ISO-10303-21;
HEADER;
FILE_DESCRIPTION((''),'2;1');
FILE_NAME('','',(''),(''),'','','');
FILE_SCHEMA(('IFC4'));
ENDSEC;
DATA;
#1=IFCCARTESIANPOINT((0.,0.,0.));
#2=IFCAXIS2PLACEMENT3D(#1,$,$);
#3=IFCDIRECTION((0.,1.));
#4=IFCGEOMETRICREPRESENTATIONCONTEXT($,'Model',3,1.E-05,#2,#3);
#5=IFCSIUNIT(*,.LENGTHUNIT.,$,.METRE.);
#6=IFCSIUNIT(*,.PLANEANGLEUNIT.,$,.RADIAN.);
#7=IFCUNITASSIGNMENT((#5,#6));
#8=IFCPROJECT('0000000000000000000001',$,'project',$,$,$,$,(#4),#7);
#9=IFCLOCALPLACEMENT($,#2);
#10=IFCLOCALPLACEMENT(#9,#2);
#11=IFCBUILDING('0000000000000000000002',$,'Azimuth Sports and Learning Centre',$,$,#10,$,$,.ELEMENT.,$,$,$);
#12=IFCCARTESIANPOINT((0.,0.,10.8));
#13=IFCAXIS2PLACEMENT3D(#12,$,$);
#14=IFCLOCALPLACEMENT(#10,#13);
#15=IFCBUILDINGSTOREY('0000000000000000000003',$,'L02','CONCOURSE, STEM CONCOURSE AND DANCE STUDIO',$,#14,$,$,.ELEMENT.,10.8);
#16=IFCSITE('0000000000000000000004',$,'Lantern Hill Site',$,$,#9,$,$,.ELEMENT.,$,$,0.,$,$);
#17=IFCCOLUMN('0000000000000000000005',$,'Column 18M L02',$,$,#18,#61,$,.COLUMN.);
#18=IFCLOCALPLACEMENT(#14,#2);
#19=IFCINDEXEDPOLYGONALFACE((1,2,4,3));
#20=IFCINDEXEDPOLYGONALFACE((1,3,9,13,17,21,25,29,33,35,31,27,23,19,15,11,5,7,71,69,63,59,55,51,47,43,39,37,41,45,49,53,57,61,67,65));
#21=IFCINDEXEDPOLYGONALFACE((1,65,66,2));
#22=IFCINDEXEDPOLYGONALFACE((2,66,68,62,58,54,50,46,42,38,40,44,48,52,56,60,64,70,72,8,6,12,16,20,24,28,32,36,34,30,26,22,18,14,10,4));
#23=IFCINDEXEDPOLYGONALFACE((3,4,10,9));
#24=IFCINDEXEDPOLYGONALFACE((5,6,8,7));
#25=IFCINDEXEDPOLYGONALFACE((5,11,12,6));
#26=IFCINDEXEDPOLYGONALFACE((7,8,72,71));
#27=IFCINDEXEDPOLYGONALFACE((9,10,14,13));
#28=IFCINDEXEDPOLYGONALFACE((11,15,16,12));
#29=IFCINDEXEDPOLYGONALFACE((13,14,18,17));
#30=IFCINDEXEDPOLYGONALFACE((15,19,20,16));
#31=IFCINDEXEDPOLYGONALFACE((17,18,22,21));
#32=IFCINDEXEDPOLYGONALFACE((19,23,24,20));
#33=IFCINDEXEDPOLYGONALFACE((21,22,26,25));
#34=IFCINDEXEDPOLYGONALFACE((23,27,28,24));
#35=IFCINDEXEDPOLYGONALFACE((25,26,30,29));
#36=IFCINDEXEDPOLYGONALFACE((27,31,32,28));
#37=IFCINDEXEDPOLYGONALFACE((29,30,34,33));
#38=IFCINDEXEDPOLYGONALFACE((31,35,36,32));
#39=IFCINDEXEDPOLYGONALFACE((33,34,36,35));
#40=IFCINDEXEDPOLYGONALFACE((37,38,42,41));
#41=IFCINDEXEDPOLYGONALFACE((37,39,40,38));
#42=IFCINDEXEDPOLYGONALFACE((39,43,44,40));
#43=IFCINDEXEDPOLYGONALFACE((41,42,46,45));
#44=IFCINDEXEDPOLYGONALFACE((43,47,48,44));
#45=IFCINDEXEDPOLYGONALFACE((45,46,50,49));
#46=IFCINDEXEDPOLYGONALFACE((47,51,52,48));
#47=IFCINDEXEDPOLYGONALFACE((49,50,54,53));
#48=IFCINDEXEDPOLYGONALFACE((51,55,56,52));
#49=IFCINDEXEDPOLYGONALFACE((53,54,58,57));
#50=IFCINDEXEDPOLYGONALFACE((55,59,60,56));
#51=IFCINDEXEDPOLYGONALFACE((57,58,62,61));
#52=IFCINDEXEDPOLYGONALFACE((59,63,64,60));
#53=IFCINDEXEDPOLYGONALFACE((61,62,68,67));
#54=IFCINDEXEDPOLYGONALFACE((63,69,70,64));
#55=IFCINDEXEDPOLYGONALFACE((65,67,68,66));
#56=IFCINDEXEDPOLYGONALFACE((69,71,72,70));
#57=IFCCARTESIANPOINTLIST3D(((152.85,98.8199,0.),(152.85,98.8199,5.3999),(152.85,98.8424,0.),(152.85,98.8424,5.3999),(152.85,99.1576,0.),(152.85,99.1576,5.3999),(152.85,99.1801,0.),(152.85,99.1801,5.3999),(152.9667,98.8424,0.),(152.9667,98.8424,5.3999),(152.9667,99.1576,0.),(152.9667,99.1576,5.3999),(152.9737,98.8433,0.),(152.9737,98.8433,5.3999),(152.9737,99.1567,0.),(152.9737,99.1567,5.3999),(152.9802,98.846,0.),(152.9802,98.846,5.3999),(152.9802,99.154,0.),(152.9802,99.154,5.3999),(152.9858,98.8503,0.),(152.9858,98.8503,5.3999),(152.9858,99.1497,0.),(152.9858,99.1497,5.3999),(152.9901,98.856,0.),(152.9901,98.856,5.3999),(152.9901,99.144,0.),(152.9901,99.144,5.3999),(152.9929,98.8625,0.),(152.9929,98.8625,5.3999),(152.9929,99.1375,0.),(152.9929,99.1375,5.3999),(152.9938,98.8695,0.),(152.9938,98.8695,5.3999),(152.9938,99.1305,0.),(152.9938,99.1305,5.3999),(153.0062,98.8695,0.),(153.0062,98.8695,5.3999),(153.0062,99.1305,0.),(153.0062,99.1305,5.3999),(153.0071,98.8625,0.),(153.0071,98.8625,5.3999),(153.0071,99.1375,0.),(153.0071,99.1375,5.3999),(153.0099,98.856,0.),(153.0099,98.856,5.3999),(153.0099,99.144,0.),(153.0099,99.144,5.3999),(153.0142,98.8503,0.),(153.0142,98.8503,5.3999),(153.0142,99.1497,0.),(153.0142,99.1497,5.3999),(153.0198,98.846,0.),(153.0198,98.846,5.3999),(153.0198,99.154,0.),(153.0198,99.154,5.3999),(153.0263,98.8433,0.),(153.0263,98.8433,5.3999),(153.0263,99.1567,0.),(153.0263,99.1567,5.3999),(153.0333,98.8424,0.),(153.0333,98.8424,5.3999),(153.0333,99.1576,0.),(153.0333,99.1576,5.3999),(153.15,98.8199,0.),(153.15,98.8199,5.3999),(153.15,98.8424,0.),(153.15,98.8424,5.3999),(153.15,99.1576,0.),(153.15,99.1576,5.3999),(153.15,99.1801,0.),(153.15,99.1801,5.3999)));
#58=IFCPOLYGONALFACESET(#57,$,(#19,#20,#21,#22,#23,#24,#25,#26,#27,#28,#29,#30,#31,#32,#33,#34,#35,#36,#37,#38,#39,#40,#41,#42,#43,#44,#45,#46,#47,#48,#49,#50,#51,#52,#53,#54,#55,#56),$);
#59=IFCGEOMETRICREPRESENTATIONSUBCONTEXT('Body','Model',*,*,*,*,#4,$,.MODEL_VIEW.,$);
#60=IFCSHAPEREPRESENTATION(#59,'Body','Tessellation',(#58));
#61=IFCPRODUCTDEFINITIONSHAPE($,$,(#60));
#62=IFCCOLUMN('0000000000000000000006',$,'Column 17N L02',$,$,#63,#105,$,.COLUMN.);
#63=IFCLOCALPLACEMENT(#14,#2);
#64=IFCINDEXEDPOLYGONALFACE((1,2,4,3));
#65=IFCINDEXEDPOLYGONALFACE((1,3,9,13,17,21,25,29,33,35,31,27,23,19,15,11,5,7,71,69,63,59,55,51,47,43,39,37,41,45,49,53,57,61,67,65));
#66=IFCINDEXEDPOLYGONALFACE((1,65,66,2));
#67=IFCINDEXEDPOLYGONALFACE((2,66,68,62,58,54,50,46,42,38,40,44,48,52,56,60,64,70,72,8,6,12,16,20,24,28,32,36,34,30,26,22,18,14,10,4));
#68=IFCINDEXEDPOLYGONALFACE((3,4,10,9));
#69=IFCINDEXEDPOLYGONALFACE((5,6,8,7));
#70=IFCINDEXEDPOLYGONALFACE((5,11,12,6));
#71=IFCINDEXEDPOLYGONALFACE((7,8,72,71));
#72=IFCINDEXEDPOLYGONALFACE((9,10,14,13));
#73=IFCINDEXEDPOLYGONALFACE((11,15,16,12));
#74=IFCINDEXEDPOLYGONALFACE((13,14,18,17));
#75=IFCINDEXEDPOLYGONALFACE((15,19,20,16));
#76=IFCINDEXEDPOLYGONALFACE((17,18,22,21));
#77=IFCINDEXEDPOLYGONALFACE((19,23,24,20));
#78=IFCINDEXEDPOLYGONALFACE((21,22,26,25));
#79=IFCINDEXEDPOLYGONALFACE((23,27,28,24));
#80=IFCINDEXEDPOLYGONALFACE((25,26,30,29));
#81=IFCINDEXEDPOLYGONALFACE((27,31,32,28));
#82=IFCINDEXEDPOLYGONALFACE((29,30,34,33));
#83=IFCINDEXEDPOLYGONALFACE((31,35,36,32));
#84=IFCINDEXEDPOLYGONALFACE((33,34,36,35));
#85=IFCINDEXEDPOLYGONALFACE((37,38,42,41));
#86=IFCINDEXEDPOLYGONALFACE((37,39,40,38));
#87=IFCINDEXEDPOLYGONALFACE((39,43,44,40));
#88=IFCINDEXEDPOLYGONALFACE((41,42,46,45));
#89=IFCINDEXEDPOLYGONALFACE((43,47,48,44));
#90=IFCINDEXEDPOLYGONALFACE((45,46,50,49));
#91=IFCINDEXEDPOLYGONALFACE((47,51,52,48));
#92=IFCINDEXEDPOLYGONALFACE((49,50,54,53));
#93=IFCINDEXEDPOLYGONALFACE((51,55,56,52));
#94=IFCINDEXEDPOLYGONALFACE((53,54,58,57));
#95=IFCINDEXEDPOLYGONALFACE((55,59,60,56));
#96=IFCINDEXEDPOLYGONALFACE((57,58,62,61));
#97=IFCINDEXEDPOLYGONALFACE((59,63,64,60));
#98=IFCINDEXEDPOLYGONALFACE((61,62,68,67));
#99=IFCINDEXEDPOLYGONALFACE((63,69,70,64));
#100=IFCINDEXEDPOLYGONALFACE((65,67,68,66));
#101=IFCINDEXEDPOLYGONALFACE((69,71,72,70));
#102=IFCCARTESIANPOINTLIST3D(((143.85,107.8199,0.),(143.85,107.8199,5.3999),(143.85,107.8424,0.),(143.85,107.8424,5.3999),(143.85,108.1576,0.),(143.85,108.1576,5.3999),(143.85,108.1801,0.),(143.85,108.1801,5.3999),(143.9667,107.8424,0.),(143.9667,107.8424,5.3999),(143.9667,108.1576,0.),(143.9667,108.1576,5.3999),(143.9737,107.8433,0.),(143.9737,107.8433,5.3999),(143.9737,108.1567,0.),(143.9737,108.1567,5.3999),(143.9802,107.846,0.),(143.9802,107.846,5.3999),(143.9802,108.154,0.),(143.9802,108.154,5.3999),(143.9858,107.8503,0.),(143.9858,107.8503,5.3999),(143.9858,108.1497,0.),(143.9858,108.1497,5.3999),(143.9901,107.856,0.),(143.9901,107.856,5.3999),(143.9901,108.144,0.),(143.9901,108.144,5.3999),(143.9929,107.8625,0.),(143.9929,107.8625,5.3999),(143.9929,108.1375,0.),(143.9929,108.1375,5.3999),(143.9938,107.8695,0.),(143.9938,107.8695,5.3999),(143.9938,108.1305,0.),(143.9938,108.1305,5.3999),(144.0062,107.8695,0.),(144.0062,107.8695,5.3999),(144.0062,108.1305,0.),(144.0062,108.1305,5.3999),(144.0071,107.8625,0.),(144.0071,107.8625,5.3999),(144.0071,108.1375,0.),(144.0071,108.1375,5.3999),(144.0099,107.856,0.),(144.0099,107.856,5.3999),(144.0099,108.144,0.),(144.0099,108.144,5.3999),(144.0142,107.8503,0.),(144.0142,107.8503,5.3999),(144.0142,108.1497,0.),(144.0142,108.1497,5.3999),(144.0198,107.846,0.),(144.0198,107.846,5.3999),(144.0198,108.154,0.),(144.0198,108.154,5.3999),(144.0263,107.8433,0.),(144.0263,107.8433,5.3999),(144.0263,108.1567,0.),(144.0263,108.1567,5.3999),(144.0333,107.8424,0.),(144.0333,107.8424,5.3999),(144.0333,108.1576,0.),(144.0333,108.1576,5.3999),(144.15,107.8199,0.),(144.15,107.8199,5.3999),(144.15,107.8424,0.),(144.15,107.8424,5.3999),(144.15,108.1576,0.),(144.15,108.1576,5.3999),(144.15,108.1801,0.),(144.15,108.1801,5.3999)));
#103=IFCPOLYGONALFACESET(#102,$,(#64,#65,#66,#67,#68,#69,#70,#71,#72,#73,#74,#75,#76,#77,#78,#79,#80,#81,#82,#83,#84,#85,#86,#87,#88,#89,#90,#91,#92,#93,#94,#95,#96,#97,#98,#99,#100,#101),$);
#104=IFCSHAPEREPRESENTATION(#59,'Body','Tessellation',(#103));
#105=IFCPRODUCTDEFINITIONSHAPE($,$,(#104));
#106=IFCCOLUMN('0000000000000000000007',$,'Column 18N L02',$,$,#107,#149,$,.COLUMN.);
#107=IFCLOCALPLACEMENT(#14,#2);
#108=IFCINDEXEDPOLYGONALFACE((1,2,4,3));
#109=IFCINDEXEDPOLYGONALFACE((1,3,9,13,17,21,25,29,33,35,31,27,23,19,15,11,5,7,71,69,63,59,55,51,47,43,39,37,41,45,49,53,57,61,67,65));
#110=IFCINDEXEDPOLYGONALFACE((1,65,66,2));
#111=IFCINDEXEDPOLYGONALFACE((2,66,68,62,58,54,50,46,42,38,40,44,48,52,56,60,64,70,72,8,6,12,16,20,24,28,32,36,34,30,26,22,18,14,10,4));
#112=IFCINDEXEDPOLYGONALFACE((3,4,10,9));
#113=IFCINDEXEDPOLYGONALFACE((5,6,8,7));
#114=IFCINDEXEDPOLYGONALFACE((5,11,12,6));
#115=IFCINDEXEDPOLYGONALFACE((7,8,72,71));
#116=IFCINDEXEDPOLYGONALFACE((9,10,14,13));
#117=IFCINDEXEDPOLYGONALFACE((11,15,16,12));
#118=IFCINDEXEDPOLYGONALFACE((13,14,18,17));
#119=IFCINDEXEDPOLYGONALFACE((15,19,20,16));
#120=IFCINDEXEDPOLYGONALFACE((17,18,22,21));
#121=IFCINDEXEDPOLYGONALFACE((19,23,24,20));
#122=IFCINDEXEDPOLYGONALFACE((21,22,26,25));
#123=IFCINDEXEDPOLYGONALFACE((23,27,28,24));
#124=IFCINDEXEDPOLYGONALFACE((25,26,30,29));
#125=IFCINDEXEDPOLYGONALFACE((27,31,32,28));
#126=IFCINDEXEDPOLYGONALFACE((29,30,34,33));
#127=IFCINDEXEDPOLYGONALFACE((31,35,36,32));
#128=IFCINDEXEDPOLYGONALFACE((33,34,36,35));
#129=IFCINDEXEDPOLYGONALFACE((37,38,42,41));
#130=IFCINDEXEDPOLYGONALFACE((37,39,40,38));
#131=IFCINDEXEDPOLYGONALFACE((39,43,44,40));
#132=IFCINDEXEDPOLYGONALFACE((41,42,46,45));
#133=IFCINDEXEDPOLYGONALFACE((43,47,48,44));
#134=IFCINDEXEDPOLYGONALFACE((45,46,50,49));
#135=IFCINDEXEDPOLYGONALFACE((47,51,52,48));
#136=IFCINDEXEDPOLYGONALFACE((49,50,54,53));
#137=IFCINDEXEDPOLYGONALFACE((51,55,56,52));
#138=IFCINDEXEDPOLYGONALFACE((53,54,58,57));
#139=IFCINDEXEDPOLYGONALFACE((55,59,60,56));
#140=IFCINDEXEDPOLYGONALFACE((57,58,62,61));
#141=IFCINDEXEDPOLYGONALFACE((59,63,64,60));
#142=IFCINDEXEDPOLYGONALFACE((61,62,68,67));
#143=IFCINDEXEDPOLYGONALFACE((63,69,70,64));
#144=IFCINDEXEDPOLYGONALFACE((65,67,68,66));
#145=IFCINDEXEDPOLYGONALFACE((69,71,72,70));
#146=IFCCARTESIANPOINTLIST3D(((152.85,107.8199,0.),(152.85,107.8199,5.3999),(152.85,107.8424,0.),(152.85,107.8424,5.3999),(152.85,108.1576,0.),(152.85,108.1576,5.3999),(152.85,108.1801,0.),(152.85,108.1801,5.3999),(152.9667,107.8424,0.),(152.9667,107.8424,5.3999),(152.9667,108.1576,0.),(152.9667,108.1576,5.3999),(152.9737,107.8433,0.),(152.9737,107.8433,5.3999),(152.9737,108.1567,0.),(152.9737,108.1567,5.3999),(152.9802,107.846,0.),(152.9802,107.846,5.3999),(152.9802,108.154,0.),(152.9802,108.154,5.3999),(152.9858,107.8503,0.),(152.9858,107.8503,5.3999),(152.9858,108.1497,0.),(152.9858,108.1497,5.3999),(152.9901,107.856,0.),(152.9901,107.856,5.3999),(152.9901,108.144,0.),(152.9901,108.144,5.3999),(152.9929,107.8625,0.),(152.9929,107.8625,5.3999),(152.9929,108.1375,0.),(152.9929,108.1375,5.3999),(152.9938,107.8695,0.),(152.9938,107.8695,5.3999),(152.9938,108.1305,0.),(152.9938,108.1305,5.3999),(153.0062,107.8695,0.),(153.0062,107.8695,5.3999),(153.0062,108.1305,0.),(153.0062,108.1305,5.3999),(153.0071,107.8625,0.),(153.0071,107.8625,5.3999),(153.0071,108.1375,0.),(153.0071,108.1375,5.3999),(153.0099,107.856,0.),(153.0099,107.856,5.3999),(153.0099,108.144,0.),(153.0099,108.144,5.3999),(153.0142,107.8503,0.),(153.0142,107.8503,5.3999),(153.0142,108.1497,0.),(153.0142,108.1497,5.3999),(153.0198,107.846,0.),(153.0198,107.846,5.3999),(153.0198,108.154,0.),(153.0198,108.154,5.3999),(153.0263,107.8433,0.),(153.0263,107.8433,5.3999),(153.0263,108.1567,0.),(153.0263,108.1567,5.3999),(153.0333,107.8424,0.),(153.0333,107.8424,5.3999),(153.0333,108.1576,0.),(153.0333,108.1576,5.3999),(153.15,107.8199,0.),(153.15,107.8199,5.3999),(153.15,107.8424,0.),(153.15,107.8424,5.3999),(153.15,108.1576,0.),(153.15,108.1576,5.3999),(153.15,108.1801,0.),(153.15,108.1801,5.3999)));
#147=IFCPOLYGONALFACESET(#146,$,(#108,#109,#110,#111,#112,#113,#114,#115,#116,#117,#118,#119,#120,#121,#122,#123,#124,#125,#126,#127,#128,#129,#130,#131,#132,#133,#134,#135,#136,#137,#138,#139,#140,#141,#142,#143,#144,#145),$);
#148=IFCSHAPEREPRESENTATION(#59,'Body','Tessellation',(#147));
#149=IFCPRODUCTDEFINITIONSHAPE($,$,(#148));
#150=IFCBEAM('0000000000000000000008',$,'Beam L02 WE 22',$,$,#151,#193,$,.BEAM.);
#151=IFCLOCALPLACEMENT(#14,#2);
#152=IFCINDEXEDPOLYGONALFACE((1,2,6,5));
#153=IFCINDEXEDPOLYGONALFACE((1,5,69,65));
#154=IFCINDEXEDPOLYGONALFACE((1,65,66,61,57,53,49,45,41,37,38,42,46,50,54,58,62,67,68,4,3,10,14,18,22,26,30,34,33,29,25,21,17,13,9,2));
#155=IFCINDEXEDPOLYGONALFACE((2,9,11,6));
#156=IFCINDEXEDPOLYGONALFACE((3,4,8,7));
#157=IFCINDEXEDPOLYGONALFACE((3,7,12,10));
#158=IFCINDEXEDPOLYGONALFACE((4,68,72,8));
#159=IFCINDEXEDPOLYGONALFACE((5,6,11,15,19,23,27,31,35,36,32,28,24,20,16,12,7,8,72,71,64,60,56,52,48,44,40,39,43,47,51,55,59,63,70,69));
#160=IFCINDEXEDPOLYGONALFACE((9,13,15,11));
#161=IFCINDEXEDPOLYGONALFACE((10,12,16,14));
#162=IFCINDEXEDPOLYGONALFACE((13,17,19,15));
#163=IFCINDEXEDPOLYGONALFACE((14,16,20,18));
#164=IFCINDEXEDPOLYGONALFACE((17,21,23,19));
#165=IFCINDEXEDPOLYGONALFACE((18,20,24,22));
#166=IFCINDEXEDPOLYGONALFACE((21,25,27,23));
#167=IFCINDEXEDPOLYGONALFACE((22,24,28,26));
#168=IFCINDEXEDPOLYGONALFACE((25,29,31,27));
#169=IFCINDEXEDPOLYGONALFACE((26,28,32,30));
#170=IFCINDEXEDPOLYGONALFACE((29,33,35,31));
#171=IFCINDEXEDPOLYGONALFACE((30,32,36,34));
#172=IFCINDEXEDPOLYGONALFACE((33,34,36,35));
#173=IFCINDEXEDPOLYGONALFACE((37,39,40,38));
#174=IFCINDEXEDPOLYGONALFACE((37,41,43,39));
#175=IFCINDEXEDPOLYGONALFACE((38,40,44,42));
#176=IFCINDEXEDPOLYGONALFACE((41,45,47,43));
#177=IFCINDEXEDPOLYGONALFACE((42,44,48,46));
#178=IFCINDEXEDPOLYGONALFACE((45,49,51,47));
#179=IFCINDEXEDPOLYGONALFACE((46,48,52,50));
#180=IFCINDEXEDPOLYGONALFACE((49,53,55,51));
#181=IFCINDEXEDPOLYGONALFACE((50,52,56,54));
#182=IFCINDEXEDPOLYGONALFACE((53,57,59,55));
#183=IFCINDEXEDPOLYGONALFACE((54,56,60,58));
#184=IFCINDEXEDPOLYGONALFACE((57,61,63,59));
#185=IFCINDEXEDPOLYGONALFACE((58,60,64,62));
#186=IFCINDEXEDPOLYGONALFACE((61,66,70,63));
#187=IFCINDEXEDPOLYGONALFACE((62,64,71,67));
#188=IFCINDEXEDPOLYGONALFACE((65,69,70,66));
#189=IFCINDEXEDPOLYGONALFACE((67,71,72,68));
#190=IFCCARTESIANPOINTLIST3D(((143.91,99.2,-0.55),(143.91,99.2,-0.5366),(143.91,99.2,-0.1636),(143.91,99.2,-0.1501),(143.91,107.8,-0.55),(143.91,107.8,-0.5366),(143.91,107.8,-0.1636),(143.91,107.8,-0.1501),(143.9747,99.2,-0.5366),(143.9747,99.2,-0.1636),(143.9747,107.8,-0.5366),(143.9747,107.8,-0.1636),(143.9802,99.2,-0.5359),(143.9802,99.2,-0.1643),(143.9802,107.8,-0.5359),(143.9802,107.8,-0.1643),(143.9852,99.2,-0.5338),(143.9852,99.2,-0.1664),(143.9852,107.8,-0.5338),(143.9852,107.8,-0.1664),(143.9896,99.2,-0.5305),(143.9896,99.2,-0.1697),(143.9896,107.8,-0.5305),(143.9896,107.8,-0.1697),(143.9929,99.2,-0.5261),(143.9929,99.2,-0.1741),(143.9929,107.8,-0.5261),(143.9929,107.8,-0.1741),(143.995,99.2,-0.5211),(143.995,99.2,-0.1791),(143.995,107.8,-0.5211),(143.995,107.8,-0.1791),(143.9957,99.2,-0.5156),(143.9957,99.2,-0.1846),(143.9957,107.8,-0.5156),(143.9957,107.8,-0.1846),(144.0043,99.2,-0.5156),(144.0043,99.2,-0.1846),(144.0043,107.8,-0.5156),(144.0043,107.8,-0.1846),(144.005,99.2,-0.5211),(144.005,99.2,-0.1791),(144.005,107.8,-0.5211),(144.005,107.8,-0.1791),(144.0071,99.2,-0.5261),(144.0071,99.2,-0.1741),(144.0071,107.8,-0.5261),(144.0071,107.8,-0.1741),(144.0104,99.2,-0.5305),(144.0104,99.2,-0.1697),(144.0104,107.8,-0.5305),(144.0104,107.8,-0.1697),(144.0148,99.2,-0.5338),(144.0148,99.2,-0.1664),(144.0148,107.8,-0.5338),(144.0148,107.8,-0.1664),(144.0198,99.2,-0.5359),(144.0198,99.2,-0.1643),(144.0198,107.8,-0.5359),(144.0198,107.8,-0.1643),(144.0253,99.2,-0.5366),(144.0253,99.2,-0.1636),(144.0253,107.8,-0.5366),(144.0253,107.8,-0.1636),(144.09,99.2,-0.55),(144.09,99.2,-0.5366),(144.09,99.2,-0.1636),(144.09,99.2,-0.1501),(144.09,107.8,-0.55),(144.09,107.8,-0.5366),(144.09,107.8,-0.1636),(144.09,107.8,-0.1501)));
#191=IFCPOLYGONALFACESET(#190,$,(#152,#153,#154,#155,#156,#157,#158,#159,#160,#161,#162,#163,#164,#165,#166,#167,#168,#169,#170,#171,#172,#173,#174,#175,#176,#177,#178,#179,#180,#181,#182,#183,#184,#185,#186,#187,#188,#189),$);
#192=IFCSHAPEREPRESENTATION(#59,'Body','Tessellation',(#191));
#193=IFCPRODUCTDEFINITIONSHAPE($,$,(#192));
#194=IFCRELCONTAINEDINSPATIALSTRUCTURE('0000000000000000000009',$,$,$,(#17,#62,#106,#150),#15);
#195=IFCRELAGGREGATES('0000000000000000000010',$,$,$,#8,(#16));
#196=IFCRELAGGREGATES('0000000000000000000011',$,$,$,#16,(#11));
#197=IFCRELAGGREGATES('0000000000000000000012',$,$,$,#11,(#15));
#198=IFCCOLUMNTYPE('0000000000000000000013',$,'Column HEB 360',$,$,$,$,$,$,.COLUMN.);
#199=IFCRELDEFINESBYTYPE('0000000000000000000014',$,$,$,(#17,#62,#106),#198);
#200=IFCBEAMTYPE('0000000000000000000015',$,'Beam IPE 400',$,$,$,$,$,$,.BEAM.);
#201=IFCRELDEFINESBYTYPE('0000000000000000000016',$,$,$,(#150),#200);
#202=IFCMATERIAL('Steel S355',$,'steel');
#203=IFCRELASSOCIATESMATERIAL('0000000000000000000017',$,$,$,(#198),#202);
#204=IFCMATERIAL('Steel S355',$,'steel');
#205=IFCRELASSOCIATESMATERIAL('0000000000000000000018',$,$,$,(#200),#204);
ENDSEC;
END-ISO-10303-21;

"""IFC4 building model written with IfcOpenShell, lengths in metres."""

from ifc_helpers import new_model, si_unit, direction, frame, origin, origin_2d, place, context, subcontext, project, spatial, i_section, extrude, material, material_profile, profile_set, type_object, element, save


model = new_model("IFC4")

# Units and contexts
model_context = context("Model", 3, precision=1e-05, world=origin(), true_north=direction((0.0, 1.0)))
body_context = subcontext(model_context, "Body", "Model", "MODEL_VIEW")
ifc_project = project(units=[si_unit("LENGTHUNIT", "METRE"), si_unit("PLANEANGLEUNIT", "RADIAN")], contexts=[model_context])

# Site, building, storey
site_placement = place(None, origin())
site = spatial("IfcSite", under=ifc_project, at=site_placement, Name="Lantern Hill Site", CompositionType="ELEMENT", RefElevation=0.0)
building_placement = place(site_placement, origin())
building = spatial("IfcBuilding", under=site, at=building_placement, Name="Azimuth Sports and Learning Centre", CompositionType="ELEMENT")
storey_placement = place(building_placement, frame((0.0, 0.0, 10.8)))
storey = spatial("IfcBuildingStorey", under=building, at=storey_placement, Name="L02", Description="CONCOURSE, STEM CONCOURSE AND DANCE STUDIO", CompositionType="ELEMENT", Elevation=10.8)

# Columns
ifc_material_1 = material(Name="Steel S355", Category="steel")
ifc_material_profile_1 = material_profile(ifc_material_1, i_section(OverallWidth=0.3, OverallDepth=0.3601, WebThickness=0.0125, FlangeThickness=0.0225, FilletRadius=0.0271, at=origin_2d()), Name="HEB 360")
ifc_profile_set_1 = profile_set([ifc_material_profile_1], Name="Steel S355")
column_type = type_object("IfcColumnType", Name="Column HEB 360", PredefinedType="COLUMN", material=ifc_profile_set_1)
for number, where, z_axis, x_axis, name in (
    (1, (153.0, 99.0, 0.0), (0.0, 0.0, 1.0), (1.0, 0.0, 0.0), "Column 18M L02"),
    (2, (144.0, 108.0, 0.0), (0.0, 0.0, 1.0), (1.0, 0.0, 0.0), "Column 17N L02"),
    (3, (153.0, 108.0, 0.0), (0.0, 0.0, 1.0), (1.0, 0.0, 0.0), "Column 18N L02"),
):
    element("IfcColumn", number, at=place(storey_placement, frame(where, z_axis=z_axis, x_axis=x_axis)), inside=storey, type_object=column_type, Name=name, PredefinedType="COLUMN", context=body_context, shape_type="SweptSolid", body=[
        extrude(i_section(OverallWidth=0.3, OverallDepth=0.3601, WebThickness=0.0125, FlangeThickness=0.0225, FilletRadius=0.0271, at=origin_2d()), origin(), (0.0, 0.0, 1.0), 5.3999),
    ])

# Beam
ifc_material_2 = material(Name="Steel S355", Category="steel")
ifc_material_profile_2 = material_profile(ifc_material_2, i_section(OverallWidth=0.1799, OverallDepth=0.3999, WebThickness=0.0085, FlangeThickness=0.0134, FilletRadius=0.021, at=origin_2d()), Name="IPE 400")
ifc_profile_set_2 = profile_set([ifc_material_profile_2], Name="Steel S355")
beam_type_1 = type_object("IfcBeamType", Name="Beam IPE 400", PredefinedType="BEAM", material=ifc_profile_set_2)
for number, where, z_axis, x_axis, name in (
    (4, (144.0, 99.2, -0.3501), (0.0, 1.0, 0.0), (-1.0, 0.0, 0.0), "Beam L02 WE 22"),
):
    element("IfcBeam", number, at=place(storey_placement, frame(where, z_axis=z_axis, x_axis=x_axis)), inside=storey, type_object=beam_type_1, Name=name, PredefinedType="BEAM", context=body_context, shape_type="SweptSolid", body=[
        extrude(i_section(OverallWidth=0.1799, OverallDepth=0.3999, WebThickness=0.0085, FlangeThickness=0.0134, FilletRadius=0.021, at=origin_2d()), origin(), (0.0, 0.0, 1.0), 8.6001),
    ])

save(model, "model.ifc")
